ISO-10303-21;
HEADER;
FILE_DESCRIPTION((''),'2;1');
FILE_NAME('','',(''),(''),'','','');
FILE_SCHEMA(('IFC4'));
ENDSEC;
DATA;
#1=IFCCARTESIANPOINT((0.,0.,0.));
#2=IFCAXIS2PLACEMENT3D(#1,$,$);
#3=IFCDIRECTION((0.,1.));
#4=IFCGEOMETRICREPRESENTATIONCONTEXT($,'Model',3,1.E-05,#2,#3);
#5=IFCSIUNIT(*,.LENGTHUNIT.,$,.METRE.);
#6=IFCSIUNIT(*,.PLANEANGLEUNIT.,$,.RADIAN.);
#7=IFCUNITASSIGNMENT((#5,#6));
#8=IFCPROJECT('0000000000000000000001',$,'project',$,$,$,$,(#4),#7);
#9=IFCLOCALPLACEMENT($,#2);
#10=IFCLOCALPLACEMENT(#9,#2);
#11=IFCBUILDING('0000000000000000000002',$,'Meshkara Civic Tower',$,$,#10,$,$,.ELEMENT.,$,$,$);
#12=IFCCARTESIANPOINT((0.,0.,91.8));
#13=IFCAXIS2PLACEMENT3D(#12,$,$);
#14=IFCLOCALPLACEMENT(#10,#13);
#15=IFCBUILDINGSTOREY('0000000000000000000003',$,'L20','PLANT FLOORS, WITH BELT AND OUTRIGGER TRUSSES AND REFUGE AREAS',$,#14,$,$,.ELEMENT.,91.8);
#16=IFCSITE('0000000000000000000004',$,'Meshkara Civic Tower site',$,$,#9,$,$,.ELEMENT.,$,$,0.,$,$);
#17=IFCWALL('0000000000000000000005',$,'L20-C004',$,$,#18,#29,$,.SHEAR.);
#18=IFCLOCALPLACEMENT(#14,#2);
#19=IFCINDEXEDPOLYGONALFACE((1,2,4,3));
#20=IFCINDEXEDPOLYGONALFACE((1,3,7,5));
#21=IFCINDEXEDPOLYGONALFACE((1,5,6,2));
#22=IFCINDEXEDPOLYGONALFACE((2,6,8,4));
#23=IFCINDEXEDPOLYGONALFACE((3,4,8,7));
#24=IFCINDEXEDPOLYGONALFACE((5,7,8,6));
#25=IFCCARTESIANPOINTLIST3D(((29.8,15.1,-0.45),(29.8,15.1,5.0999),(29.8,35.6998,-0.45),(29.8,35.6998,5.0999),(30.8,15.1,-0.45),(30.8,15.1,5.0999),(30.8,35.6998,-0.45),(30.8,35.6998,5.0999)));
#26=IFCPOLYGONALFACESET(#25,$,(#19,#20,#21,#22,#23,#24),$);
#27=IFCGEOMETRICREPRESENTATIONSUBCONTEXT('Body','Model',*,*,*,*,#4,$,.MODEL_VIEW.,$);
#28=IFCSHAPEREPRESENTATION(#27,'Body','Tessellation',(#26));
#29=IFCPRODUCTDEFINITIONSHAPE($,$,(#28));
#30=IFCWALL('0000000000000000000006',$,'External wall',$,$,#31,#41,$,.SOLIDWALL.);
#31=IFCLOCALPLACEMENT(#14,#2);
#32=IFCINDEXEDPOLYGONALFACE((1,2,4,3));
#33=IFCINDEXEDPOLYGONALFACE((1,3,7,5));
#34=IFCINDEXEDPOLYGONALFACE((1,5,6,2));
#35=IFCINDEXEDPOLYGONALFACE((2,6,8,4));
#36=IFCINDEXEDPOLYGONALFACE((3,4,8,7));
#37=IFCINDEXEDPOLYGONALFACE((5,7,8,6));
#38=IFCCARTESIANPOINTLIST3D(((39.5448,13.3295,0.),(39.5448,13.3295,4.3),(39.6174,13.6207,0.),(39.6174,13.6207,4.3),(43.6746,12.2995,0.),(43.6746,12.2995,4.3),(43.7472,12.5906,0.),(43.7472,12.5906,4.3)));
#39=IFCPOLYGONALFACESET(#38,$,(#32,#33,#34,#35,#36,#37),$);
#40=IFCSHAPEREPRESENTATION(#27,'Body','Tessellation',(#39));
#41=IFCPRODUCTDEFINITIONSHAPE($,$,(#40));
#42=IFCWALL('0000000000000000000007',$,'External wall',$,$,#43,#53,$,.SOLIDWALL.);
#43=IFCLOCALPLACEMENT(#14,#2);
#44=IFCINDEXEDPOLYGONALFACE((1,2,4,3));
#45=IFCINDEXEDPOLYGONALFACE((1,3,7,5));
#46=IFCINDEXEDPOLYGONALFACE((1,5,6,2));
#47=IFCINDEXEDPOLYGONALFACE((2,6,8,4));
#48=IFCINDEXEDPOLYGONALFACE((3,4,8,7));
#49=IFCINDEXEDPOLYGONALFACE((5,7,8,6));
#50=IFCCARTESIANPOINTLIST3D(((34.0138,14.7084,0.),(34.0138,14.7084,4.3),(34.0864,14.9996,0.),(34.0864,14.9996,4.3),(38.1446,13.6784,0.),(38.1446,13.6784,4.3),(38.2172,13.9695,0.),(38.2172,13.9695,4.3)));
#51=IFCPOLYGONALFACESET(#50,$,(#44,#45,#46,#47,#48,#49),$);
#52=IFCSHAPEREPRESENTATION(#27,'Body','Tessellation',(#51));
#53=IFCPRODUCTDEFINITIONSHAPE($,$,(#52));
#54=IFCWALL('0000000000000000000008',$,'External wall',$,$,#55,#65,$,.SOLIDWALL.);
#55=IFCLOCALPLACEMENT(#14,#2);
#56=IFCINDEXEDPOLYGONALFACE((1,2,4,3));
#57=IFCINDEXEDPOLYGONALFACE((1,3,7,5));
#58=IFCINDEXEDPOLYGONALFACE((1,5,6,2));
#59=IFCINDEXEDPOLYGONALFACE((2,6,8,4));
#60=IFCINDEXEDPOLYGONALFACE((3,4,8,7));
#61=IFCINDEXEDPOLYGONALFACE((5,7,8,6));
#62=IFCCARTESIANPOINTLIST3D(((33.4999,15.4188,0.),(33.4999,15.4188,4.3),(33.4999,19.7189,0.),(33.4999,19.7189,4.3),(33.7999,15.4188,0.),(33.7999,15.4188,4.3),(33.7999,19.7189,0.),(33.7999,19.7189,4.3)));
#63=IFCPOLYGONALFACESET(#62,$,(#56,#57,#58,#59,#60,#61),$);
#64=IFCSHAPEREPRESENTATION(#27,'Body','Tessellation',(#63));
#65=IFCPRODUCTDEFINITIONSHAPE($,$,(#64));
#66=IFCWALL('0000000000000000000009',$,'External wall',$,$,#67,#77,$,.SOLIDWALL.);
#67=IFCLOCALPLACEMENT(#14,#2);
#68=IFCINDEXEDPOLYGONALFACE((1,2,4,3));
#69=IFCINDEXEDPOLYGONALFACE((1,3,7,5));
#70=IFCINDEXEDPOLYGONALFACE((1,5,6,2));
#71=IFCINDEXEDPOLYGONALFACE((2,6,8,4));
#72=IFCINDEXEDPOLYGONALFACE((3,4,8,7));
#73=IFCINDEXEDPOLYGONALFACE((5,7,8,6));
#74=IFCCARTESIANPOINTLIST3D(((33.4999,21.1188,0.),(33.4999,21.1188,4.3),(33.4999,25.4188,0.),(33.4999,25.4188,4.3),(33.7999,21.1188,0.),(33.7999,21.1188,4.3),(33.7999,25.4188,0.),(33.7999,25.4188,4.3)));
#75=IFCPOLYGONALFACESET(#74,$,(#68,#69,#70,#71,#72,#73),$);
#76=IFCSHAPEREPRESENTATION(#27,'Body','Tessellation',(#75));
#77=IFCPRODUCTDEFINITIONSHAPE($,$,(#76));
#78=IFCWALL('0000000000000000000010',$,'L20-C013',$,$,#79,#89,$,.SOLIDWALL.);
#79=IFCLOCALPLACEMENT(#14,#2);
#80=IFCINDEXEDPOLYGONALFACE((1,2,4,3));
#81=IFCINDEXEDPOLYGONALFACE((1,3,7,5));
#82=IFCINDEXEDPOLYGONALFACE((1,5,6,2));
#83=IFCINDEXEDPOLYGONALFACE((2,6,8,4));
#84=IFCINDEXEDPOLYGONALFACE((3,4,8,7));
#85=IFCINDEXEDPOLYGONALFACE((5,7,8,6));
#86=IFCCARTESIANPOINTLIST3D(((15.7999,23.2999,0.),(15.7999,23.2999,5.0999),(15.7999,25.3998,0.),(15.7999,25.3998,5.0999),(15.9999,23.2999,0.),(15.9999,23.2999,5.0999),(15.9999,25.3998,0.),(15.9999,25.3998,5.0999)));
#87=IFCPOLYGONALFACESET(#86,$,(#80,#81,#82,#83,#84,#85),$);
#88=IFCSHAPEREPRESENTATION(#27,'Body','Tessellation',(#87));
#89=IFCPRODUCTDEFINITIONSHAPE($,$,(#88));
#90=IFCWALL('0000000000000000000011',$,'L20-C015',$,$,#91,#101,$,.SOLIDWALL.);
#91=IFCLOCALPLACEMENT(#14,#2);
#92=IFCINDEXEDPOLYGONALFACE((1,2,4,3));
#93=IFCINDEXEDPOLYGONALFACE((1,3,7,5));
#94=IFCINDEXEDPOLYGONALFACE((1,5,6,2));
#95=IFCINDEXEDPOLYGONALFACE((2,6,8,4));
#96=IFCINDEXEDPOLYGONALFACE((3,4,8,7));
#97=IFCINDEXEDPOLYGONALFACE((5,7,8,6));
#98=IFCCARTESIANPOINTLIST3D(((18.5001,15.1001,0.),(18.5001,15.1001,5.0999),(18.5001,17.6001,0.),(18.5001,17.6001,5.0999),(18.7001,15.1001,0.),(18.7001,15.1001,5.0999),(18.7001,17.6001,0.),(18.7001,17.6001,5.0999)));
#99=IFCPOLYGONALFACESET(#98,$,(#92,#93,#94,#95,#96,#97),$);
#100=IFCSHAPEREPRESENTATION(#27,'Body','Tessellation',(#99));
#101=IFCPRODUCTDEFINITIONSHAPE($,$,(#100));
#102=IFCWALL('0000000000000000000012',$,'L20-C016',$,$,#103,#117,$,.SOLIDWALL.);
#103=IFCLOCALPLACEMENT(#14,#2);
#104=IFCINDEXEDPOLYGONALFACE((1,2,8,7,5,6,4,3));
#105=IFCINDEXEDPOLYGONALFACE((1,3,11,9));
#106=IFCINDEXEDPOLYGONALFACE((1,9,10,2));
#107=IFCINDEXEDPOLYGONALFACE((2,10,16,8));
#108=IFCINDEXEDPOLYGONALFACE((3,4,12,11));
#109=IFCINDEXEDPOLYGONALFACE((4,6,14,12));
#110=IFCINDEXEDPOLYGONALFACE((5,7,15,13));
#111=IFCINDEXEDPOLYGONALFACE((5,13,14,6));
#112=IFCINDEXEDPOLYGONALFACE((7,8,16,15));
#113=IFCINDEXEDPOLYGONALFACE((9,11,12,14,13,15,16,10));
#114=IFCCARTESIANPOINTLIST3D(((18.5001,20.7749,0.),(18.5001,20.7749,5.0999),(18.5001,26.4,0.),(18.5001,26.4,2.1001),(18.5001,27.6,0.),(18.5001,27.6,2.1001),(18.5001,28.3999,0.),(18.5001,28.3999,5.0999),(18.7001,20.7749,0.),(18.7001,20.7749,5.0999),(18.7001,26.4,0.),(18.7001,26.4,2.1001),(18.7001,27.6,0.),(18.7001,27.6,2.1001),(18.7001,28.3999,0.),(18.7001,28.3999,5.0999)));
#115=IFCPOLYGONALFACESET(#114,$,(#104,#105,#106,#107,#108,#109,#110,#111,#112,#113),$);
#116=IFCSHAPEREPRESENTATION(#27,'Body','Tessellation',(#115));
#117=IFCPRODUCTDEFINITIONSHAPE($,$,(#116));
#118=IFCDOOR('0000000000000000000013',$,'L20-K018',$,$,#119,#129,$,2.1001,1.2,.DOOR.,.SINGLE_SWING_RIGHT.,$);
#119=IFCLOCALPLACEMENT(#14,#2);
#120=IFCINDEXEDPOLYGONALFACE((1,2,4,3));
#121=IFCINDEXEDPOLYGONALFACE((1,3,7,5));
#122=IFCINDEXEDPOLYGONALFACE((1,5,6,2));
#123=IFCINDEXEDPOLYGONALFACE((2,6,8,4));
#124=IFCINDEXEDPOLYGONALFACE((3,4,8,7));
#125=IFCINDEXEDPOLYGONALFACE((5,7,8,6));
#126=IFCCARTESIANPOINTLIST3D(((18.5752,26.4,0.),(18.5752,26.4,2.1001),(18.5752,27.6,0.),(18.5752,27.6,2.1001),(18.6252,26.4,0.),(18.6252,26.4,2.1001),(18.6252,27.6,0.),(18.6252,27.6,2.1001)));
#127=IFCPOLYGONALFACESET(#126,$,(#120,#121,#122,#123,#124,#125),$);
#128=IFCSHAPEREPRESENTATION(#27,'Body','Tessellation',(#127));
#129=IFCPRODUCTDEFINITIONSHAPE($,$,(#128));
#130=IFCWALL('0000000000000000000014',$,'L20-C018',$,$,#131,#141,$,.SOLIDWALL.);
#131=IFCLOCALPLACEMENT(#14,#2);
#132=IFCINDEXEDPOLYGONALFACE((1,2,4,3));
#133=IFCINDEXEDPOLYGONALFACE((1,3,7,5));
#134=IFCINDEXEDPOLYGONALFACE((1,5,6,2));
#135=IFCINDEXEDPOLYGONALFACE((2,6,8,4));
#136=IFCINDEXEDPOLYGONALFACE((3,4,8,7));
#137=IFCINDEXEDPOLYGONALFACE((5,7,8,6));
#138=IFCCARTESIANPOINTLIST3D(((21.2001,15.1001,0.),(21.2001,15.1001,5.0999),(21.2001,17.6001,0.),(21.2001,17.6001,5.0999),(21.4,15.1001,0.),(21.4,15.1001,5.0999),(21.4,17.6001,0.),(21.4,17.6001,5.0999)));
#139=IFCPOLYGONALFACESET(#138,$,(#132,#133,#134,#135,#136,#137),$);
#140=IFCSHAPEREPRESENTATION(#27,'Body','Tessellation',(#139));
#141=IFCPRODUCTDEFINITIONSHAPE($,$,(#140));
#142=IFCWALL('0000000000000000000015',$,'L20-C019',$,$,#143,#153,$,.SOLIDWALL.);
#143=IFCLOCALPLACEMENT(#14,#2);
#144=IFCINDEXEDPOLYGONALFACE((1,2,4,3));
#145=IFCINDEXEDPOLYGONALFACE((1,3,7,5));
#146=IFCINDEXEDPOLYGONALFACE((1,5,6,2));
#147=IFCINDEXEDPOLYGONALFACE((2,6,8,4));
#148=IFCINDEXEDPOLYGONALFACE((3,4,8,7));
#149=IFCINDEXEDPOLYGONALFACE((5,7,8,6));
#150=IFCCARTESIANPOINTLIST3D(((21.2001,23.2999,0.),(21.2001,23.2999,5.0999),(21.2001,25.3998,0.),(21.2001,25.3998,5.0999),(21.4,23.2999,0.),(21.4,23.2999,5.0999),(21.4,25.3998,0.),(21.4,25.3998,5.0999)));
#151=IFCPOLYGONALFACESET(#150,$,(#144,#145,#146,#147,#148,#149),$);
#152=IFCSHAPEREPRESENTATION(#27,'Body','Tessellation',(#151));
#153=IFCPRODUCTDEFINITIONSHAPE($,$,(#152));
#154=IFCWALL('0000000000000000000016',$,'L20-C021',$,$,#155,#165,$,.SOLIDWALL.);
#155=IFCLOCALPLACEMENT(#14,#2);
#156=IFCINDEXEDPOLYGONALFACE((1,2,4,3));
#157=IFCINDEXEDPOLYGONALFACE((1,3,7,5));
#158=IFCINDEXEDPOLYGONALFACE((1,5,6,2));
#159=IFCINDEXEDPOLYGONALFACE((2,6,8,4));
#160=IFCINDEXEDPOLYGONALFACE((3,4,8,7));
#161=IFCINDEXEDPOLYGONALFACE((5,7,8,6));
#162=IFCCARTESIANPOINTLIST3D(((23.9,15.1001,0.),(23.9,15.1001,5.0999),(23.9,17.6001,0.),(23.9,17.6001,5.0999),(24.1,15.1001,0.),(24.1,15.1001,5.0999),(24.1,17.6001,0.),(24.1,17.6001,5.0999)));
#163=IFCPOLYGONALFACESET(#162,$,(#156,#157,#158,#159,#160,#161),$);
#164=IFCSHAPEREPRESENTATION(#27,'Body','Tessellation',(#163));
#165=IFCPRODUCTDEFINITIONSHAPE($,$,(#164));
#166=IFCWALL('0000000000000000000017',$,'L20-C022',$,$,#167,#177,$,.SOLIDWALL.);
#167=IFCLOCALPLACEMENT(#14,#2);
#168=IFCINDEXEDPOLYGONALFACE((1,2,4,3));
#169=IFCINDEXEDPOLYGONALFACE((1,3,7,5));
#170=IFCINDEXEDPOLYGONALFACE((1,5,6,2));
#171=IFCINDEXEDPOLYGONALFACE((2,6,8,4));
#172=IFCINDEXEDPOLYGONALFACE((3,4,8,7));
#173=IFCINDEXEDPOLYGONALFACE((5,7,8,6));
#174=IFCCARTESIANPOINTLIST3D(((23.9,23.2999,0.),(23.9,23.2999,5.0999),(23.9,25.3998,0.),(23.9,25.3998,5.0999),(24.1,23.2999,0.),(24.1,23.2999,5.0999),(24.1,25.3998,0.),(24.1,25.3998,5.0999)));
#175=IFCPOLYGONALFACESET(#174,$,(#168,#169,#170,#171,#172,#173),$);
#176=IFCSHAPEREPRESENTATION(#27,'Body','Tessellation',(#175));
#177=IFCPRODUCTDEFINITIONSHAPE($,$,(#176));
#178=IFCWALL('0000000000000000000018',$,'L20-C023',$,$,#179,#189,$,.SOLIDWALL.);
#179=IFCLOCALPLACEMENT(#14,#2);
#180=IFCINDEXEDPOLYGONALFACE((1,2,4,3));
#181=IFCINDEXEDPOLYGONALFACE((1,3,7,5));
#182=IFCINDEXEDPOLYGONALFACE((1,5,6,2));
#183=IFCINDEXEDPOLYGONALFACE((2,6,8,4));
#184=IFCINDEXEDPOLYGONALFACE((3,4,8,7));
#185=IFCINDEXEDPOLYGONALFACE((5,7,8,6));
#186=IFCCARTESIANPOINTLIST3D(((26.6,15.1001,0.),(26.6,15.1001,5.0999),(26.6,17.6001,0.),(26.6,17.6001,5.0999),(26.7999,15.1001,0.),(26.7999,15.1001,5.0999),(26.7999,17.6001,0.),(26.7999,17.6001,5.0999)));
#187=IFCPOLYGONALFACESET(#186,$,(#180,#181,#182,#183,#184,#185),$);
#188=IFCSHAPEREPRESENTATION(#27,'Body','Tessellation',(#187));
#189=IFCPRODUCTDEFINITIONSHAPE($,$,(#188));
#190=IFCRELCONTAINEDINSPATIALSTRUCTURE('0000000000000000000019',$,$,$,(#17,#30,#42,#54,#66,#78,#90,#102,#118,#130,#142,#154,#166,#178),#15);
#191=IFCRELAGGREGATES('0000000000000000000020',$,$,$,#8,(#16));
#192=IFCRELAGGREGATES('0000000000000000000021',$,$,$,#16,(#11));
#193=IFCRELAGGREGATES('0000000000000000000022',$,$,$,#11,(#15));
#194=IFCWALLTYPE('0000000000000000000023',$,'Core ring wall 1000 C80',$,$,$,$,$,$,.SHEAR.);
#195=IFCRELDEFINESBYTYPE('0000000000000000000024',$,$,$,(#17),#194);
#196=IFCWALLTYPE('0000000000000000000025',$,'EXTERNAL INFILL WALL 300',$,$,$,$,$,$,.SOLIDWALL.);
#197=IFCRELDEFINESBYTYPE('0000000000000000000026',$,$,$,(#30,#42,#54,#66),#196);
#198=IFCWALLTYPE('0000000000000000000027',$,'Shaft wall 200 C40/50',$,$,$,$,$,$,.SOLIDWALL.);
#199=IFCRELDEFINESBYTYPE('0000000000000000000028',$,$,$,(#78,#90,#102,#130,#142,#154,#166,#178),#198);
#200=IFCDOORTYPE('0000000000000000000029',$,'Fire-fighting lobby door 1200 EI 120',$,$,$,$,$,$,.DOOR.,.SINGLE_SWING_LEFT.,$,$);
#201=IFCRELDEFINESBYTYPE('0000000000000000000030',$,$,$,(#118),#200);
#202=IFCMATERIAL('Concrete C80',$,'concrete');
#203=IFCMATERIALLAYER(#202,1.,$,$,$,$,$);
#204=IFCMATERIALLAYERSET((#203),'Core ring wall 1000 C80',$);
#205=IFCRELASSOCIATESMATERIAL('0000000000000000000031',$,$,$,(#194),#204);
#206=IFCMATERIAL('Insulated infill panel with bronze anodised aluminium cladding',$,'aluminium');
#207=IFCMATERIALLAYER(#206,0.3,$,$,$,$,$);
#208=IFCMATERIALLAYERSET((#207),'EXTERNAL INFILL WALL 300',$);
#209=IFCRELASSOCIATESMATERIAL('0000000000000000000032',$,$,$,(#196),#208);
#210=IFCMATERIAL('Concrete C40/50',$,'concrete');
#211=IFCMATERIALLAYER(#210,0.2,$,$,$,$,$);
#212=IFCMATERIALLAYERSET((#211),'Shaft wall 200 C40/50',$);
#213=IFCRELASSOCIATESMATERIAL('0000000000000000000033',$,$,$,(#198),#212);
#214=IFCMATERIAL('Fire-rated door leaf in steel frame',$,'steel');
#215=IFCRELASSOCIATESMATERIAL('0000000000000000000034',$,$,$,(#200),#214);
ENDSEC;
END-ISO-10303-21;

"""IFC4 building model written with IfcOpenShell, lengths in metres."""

from ifc_helpers import new_model, si_unit, direction, frame, frame_2d, origin, place, context, subcontext, project, spatial, rectangle, extrude, material, layer, layer_set, type_object, element, fill, save


model = new_model("IFC4")

# Units and contexts
model_context = context("Model", 3, precision=1e-05, world=origin(), true_north=direction((0.0, 1.0)))
body_context = subcontext(model_context, "Body", "Model", "MODEL_VIEW")
ifc_project = project(units=[si_unit("LENGTHUNIT", "METRE"), si_unit("PLANEANGLEUNIT", "RADIAN")], contexts=[model_context])

# Site, building, storey
site_placement = place(None, origin())
site = spatial("IfcSite", under=ifc_project, at=site_placement, Name="Meshkara Civic Tower site", CompositionType="ELEMENT", RefElevation=0.0)
building_placement = place(site_placement, origin())
building = spatial("IfcBuilding", under=site, at=building_placement, Name="Meshkara Civic Tower", CompositionType="ELEMENT")
storey_placement = place(building_placement, frame((0.0, 0.0, 91.8)))
storey = spatial("IfcBuildingStorey", under=building, at=storey_placement, Name="L20", Description="PLANT FLOORS, WITH BELT AND OUTRIGGER TRUSSES AND REFUGE AREAS", CompositionType="ELEMENT", Elevation=91.8)

# Walls
ifc_material_1 = material(Name="Concrete C80", Category="concrete")
ifc_layer_1 = layer(ifc_material_1, 1.0)
ifc_layer_set_1 = layer_set([ifc_layer_1], Name="Core ring wall 1000 C80")
wall_type_1 = type_object("IfcWallType", Name="Core ring wall 1000 C80", PredefinedType="SHEAR", material=ifc_layer_set_1)
wall_1_placement = place(storey_placement, frame((30.3, 15.1001, -0.45), z_axis=(0.0, 0.0, 1.0), x_axis=(0.0, 1.0, 0.0)))
element("IfcWall", 1, at=wall_1_placement, inside=storey, type_object=wall_type_1, Name="L20-C004", PredefinedType="SHEAR", context=body_context, shape_type="SweptSolid", body=[
    extrude(rectangle(XDim=20.5999, YDim=1.0, at=frame_2d((10.2998, 0.0))), origin(), (0.0, 0.0, 1.0), 5.5498),
])
ifc_material_2 = material(Name="Insulated infill panel with bronze anodised aluminium cladding", Category="aluminium")
ifc_layer_2 = layer(ifc_material_2, 0.3)
ifc_layer_set_2 = layer_set([ifc_layer_2], Name="EXTERNAL INFILL WALL 300")
wall_type_2 = type_object("IfcWallType", Name="EXTERNAL INFILL WALL 300", PredefinedType="SOLIDWALL", material=ifc_layer_set_2)
wall_2_placement = place(storey_placement, frame((43.7109, 12.4451, 0.0), z_axis=(0.0, 0.0, 1.0), x_axis=(-0.970277, 0.241996, 0.0)))
element("IfcWall", 2, at=wall_2_placement, inside=storey, type_object=wall_type_2, Name="External wall", PredefinedType="SOLIDWALL", context=body_context, shape_type="SweptSolid", body=[
    extrude(rectangle(XDim=4.2563, YDim=0.3, at=frame_2d((2.1282, 0.0))), origin(), (0.0, 0.0, 1.0), 4.3),
])
wall_3_placement = place(storey_placement, frame((38.1809, 13.824, 0.0), z_axis=(0.0, 0.0, 1.0), x_axis=(-0.970291, 0.241942, 0.0)))
element("IfcWall", 3, at=wall_3_placement, inside=storey, type_object=wall_type_2, Name="External wall", PredefinedType="SOLIDWALL", context=body_context, shape_type="SweptSolid", body=[
    extrude(rectangle(XDim=4.2573, YDim=0.3, at=frame_2d((2.1287, 0.0))), origin(), (0.0, 0.0, 1.0), 4.3),
])
for number, where, z_axis, x_axis, name in (
    (4, (33.6499, 15.4189, 0.0), (0.0, 0.0, 1.0), (0.0, 1.0, 0.0), "External wall"),
    (5, (33.6499, 21.1189, 0.0), (0.0, 0.0, 1.0), (0.0, 1.0, 0.0), "External wall"),
):
    element("IfcWall", number, at=place(storey_placement, frame(where, z_axis=z_axis, x_axis=x_axis)), inside=storey, type_object=wall_type_2, Name=name, PredefinedType="SOLIDWALL", context=body_context, shape_type="SweptSolid", body=[
        extrude(rectangle(XDim=4.3, YDim=0.3, at=frame_2d((2.1499, 0.0))), origin(), (0.0, 0.0, 1.0), 4.3),
    ])
ifc_material_3 = material(Name="Concrete C40/50", Category="concrete")
ifc_layer_3 = layer(ifc_material_3, 0.2)
ifc_layer_set_3 = layer_set([ifc_layer_3], Name="Shaft wall 200 C40/50")
wall_type_3 = type_object("IfcWallType", Name="Shaft wall 200 C40/50", PredefinedType="SOLIDWALL", material=ifc_layer_set_3)
wall_4_placement = place(storey_placement, frame((15.8999, 23.3, 0.0), z_axis=(0.0, 0.0, 1.0), x_axis=(0.0, 1.0, 0.0)))
element("IfcWall", 6, at=wall_4_placement, inside=storey, type_object=wall_type_3, Name="L20-C013", PredefinedType="SOLIDWALL", context=body_context, shape_type="SweptSolid", body=[
    extrude(rectangle(XDim=2.0999, YDim=0.2, at=frame_2d((1.0498, 0.0))), origin(), (0.0, 0.0, 1.0), 5.0999),
])
wall_5_placement = place(storey_placement, frame((18.6001, 15.1001, 0.0), z_axis=(0.0, 0.0, 1.0), x_axis=(0.0, 1.0, 0.0)))
element("IfcWall", 7, at=wall_5_placement, inside=storey, type_object=wall_type_3, Name="L20-C015", PredefinedType="SOLIDWALL", context=body_context, shape_type="SweptSolid", body=[
    extrude(rectangle(XDim=2.5, YDim=0.2, at=frame_2d((1.25, 0.0))), origin(), (0.0, 0.0, 1.0), 5.0999),
])

# Wall, opening, door
wall_6_placement = place(storey_placement, frame((18.6001, 20.7749, 0.0), z_axis=(0.0, 0.0, 1.0), x_axis=(0.0, 1.0, 0.0)))
wall_6 = element("IfcWall", 8, at=wall_6_placement, inside=storey, type_object=wall_type_3, Name="L20-C016", PredefinedType="SOLIDWALL", context=body_context, shape_type="SweptSolid", body=[
    extrude(rectangle(XDim=7.625, YDim=0.2, at=frame_2d((3.8125, 0.0))), origin(), (0.0, 0.0, 1.0), 5.0999),
])
opening_placement = place(wall_6_placement, frame((5.625, 0.0, 0.0)))
opening = element("IfcOpeningElement", 9, at=opening_placement, cuts=wall_6, PredefinedType="OPENING", context=body_context, shape_type="SweptSolid", body=[
    extrude(rectangle(XDim=1.2, YDim=2.1001, at=frame_2d((0.6001, 1.05))), frame((0.0, 0.1099, 0.0), z_axis=(0.0, -1.0, 0.0), x_axis=(1.0, 0.0, 0.0)), (0.0, 0.0, 1.0), 0.22),
])
ifc_material_4 = material(Name="Fire-rated door leaf in steel frame", Category="steel")
door_type = type_object("IfcDoorType", Name="Fire-fighting lobby door 1200 EI 120", OperationType="SINGLE_SWING_LEFT", PredefinedType="DOOR", material=ifc_material_4)
door_placement = place(opening_placement, origin())
door = element("IfcDoor", 10, at=door_placement, inside=storey, type_object=door_type, Name="L20-K018", OperationType="SINGLE_SWING_RIGHT", OverallHeight=2.1001, OverallWidth=1.2, PredefinedType="DOOR", context=body_context, shape_type="SweptSolid", body=[
    extrude(rectangle(XDim=1.2, YDim=2.1001, at=frame_2d((0.6001, 1.05))), frame((0.0, 0.0249, 0.0), z_axis=(0.0, -1.0, 0.0), x_axis=(1.0, 0.0, 0.0)), (0.0, 0.0, 1.0), 0.05),
])
fill(opening, door)

# Walls
wall_7_placement = place(storey_placement, frame((21.3, 15.1001, 0.0), z_axis=(0.0, 0.0, 1.0), x_axis=(0.0, 1.0, 0.0)))
element("IfcWall", 11, at=wall_7_placement, inside=storey, type_object=wall_type_3, Name="L20-C018", PredefinedType="SOLIDWALL", context=body_context, shape_type="SweptSolid", body=[
    extrude(rectangle(XDim=2.5, YDim=0.2, at=frame_2d((1.25, 0.0))), origin(), (0.0, 0.0, 1.0), 5.0999),
])
wall_8_placement = place(storey_placement, frame((21.3, 23.3, 0.0), z_axis=(0.0, 0.0, 1.0), x_axis=(0.0, 1.0, 0.0)))
element("IfcWall", 12, at=wall_8_placement, inside=storey, type_object=wall_type_3, Name="L20-C019", PredefinedType="SOLIDWALL", context=body_context, shape_type="SweptSolid", body=[
    extrude(rectangle(XDim=2.0999, YDim=0.2, at=frame_2d((1.0498, 0.0))), origin(), (0.0, 0.0, 1.0), 5.0999),
])
wall_9_placement = place(storey_placement, frame((24.0, 15.1001, 0.0), z_axis=(0.0, 0.0, 1.0), x_axis=(0.0, 1.0, 0.0)))
element("IfcWall", 13, at=wall_9_placement, inside=storey, type_object=wall_type_3, Name="L20-C021", PredefinedType="SOLIDWALL", context=body_context, shape_type="SweptSolid", body=[
    extrude(rectangle(XDim=2.5, YDim=0.2, at=frame_2d((1.25, 0.0))), origin(), (0.0, 0.0, 1.0), 5.0999),
])
wall_10_placement = place(storey_placement, frame((24.0, 23.3, 0.0), z_axis=(0.0, 0.0, 1.0), x_axis=(0.0, 1.0, 0.0)))
element("IfcWall", 14, at=wall_10_placement, inside=storey, type_object=wall_type_3, Name="L20-C022", PredefinedType="SOLIDWALL", context=body_context, shape_type="SweptSolid", body=[
    extrude(rectangle(XDim=2.0999, YDim=0.2, at=frame_2d((1.0498, 0.0))), origin(), (0.0, 0.0, 1.0), 5.0999),
])
wall_11_placement = place(storey_placement, frame((26.7, 15.1001, 0.0), z_axis=(0.0, 0.0, 1.0), x_axis=(0.0, 1.0, 0.0)))
element("IfcWall", 15, at=wall_11_placement, inside=storey, type_object=wall_type_3, Name="L20-C023", PredefinedType="SOLIDWALL", context=body_context, shape_type="SweptSolid", body=[
    extrude(rectangle(XDim=2.5, YDim=0.2, at=frame_2d((1.25, 0.0))), origin(), (0.0, 0.0, 1.0), 5.0999),
])

save(model, "model.ifc")
